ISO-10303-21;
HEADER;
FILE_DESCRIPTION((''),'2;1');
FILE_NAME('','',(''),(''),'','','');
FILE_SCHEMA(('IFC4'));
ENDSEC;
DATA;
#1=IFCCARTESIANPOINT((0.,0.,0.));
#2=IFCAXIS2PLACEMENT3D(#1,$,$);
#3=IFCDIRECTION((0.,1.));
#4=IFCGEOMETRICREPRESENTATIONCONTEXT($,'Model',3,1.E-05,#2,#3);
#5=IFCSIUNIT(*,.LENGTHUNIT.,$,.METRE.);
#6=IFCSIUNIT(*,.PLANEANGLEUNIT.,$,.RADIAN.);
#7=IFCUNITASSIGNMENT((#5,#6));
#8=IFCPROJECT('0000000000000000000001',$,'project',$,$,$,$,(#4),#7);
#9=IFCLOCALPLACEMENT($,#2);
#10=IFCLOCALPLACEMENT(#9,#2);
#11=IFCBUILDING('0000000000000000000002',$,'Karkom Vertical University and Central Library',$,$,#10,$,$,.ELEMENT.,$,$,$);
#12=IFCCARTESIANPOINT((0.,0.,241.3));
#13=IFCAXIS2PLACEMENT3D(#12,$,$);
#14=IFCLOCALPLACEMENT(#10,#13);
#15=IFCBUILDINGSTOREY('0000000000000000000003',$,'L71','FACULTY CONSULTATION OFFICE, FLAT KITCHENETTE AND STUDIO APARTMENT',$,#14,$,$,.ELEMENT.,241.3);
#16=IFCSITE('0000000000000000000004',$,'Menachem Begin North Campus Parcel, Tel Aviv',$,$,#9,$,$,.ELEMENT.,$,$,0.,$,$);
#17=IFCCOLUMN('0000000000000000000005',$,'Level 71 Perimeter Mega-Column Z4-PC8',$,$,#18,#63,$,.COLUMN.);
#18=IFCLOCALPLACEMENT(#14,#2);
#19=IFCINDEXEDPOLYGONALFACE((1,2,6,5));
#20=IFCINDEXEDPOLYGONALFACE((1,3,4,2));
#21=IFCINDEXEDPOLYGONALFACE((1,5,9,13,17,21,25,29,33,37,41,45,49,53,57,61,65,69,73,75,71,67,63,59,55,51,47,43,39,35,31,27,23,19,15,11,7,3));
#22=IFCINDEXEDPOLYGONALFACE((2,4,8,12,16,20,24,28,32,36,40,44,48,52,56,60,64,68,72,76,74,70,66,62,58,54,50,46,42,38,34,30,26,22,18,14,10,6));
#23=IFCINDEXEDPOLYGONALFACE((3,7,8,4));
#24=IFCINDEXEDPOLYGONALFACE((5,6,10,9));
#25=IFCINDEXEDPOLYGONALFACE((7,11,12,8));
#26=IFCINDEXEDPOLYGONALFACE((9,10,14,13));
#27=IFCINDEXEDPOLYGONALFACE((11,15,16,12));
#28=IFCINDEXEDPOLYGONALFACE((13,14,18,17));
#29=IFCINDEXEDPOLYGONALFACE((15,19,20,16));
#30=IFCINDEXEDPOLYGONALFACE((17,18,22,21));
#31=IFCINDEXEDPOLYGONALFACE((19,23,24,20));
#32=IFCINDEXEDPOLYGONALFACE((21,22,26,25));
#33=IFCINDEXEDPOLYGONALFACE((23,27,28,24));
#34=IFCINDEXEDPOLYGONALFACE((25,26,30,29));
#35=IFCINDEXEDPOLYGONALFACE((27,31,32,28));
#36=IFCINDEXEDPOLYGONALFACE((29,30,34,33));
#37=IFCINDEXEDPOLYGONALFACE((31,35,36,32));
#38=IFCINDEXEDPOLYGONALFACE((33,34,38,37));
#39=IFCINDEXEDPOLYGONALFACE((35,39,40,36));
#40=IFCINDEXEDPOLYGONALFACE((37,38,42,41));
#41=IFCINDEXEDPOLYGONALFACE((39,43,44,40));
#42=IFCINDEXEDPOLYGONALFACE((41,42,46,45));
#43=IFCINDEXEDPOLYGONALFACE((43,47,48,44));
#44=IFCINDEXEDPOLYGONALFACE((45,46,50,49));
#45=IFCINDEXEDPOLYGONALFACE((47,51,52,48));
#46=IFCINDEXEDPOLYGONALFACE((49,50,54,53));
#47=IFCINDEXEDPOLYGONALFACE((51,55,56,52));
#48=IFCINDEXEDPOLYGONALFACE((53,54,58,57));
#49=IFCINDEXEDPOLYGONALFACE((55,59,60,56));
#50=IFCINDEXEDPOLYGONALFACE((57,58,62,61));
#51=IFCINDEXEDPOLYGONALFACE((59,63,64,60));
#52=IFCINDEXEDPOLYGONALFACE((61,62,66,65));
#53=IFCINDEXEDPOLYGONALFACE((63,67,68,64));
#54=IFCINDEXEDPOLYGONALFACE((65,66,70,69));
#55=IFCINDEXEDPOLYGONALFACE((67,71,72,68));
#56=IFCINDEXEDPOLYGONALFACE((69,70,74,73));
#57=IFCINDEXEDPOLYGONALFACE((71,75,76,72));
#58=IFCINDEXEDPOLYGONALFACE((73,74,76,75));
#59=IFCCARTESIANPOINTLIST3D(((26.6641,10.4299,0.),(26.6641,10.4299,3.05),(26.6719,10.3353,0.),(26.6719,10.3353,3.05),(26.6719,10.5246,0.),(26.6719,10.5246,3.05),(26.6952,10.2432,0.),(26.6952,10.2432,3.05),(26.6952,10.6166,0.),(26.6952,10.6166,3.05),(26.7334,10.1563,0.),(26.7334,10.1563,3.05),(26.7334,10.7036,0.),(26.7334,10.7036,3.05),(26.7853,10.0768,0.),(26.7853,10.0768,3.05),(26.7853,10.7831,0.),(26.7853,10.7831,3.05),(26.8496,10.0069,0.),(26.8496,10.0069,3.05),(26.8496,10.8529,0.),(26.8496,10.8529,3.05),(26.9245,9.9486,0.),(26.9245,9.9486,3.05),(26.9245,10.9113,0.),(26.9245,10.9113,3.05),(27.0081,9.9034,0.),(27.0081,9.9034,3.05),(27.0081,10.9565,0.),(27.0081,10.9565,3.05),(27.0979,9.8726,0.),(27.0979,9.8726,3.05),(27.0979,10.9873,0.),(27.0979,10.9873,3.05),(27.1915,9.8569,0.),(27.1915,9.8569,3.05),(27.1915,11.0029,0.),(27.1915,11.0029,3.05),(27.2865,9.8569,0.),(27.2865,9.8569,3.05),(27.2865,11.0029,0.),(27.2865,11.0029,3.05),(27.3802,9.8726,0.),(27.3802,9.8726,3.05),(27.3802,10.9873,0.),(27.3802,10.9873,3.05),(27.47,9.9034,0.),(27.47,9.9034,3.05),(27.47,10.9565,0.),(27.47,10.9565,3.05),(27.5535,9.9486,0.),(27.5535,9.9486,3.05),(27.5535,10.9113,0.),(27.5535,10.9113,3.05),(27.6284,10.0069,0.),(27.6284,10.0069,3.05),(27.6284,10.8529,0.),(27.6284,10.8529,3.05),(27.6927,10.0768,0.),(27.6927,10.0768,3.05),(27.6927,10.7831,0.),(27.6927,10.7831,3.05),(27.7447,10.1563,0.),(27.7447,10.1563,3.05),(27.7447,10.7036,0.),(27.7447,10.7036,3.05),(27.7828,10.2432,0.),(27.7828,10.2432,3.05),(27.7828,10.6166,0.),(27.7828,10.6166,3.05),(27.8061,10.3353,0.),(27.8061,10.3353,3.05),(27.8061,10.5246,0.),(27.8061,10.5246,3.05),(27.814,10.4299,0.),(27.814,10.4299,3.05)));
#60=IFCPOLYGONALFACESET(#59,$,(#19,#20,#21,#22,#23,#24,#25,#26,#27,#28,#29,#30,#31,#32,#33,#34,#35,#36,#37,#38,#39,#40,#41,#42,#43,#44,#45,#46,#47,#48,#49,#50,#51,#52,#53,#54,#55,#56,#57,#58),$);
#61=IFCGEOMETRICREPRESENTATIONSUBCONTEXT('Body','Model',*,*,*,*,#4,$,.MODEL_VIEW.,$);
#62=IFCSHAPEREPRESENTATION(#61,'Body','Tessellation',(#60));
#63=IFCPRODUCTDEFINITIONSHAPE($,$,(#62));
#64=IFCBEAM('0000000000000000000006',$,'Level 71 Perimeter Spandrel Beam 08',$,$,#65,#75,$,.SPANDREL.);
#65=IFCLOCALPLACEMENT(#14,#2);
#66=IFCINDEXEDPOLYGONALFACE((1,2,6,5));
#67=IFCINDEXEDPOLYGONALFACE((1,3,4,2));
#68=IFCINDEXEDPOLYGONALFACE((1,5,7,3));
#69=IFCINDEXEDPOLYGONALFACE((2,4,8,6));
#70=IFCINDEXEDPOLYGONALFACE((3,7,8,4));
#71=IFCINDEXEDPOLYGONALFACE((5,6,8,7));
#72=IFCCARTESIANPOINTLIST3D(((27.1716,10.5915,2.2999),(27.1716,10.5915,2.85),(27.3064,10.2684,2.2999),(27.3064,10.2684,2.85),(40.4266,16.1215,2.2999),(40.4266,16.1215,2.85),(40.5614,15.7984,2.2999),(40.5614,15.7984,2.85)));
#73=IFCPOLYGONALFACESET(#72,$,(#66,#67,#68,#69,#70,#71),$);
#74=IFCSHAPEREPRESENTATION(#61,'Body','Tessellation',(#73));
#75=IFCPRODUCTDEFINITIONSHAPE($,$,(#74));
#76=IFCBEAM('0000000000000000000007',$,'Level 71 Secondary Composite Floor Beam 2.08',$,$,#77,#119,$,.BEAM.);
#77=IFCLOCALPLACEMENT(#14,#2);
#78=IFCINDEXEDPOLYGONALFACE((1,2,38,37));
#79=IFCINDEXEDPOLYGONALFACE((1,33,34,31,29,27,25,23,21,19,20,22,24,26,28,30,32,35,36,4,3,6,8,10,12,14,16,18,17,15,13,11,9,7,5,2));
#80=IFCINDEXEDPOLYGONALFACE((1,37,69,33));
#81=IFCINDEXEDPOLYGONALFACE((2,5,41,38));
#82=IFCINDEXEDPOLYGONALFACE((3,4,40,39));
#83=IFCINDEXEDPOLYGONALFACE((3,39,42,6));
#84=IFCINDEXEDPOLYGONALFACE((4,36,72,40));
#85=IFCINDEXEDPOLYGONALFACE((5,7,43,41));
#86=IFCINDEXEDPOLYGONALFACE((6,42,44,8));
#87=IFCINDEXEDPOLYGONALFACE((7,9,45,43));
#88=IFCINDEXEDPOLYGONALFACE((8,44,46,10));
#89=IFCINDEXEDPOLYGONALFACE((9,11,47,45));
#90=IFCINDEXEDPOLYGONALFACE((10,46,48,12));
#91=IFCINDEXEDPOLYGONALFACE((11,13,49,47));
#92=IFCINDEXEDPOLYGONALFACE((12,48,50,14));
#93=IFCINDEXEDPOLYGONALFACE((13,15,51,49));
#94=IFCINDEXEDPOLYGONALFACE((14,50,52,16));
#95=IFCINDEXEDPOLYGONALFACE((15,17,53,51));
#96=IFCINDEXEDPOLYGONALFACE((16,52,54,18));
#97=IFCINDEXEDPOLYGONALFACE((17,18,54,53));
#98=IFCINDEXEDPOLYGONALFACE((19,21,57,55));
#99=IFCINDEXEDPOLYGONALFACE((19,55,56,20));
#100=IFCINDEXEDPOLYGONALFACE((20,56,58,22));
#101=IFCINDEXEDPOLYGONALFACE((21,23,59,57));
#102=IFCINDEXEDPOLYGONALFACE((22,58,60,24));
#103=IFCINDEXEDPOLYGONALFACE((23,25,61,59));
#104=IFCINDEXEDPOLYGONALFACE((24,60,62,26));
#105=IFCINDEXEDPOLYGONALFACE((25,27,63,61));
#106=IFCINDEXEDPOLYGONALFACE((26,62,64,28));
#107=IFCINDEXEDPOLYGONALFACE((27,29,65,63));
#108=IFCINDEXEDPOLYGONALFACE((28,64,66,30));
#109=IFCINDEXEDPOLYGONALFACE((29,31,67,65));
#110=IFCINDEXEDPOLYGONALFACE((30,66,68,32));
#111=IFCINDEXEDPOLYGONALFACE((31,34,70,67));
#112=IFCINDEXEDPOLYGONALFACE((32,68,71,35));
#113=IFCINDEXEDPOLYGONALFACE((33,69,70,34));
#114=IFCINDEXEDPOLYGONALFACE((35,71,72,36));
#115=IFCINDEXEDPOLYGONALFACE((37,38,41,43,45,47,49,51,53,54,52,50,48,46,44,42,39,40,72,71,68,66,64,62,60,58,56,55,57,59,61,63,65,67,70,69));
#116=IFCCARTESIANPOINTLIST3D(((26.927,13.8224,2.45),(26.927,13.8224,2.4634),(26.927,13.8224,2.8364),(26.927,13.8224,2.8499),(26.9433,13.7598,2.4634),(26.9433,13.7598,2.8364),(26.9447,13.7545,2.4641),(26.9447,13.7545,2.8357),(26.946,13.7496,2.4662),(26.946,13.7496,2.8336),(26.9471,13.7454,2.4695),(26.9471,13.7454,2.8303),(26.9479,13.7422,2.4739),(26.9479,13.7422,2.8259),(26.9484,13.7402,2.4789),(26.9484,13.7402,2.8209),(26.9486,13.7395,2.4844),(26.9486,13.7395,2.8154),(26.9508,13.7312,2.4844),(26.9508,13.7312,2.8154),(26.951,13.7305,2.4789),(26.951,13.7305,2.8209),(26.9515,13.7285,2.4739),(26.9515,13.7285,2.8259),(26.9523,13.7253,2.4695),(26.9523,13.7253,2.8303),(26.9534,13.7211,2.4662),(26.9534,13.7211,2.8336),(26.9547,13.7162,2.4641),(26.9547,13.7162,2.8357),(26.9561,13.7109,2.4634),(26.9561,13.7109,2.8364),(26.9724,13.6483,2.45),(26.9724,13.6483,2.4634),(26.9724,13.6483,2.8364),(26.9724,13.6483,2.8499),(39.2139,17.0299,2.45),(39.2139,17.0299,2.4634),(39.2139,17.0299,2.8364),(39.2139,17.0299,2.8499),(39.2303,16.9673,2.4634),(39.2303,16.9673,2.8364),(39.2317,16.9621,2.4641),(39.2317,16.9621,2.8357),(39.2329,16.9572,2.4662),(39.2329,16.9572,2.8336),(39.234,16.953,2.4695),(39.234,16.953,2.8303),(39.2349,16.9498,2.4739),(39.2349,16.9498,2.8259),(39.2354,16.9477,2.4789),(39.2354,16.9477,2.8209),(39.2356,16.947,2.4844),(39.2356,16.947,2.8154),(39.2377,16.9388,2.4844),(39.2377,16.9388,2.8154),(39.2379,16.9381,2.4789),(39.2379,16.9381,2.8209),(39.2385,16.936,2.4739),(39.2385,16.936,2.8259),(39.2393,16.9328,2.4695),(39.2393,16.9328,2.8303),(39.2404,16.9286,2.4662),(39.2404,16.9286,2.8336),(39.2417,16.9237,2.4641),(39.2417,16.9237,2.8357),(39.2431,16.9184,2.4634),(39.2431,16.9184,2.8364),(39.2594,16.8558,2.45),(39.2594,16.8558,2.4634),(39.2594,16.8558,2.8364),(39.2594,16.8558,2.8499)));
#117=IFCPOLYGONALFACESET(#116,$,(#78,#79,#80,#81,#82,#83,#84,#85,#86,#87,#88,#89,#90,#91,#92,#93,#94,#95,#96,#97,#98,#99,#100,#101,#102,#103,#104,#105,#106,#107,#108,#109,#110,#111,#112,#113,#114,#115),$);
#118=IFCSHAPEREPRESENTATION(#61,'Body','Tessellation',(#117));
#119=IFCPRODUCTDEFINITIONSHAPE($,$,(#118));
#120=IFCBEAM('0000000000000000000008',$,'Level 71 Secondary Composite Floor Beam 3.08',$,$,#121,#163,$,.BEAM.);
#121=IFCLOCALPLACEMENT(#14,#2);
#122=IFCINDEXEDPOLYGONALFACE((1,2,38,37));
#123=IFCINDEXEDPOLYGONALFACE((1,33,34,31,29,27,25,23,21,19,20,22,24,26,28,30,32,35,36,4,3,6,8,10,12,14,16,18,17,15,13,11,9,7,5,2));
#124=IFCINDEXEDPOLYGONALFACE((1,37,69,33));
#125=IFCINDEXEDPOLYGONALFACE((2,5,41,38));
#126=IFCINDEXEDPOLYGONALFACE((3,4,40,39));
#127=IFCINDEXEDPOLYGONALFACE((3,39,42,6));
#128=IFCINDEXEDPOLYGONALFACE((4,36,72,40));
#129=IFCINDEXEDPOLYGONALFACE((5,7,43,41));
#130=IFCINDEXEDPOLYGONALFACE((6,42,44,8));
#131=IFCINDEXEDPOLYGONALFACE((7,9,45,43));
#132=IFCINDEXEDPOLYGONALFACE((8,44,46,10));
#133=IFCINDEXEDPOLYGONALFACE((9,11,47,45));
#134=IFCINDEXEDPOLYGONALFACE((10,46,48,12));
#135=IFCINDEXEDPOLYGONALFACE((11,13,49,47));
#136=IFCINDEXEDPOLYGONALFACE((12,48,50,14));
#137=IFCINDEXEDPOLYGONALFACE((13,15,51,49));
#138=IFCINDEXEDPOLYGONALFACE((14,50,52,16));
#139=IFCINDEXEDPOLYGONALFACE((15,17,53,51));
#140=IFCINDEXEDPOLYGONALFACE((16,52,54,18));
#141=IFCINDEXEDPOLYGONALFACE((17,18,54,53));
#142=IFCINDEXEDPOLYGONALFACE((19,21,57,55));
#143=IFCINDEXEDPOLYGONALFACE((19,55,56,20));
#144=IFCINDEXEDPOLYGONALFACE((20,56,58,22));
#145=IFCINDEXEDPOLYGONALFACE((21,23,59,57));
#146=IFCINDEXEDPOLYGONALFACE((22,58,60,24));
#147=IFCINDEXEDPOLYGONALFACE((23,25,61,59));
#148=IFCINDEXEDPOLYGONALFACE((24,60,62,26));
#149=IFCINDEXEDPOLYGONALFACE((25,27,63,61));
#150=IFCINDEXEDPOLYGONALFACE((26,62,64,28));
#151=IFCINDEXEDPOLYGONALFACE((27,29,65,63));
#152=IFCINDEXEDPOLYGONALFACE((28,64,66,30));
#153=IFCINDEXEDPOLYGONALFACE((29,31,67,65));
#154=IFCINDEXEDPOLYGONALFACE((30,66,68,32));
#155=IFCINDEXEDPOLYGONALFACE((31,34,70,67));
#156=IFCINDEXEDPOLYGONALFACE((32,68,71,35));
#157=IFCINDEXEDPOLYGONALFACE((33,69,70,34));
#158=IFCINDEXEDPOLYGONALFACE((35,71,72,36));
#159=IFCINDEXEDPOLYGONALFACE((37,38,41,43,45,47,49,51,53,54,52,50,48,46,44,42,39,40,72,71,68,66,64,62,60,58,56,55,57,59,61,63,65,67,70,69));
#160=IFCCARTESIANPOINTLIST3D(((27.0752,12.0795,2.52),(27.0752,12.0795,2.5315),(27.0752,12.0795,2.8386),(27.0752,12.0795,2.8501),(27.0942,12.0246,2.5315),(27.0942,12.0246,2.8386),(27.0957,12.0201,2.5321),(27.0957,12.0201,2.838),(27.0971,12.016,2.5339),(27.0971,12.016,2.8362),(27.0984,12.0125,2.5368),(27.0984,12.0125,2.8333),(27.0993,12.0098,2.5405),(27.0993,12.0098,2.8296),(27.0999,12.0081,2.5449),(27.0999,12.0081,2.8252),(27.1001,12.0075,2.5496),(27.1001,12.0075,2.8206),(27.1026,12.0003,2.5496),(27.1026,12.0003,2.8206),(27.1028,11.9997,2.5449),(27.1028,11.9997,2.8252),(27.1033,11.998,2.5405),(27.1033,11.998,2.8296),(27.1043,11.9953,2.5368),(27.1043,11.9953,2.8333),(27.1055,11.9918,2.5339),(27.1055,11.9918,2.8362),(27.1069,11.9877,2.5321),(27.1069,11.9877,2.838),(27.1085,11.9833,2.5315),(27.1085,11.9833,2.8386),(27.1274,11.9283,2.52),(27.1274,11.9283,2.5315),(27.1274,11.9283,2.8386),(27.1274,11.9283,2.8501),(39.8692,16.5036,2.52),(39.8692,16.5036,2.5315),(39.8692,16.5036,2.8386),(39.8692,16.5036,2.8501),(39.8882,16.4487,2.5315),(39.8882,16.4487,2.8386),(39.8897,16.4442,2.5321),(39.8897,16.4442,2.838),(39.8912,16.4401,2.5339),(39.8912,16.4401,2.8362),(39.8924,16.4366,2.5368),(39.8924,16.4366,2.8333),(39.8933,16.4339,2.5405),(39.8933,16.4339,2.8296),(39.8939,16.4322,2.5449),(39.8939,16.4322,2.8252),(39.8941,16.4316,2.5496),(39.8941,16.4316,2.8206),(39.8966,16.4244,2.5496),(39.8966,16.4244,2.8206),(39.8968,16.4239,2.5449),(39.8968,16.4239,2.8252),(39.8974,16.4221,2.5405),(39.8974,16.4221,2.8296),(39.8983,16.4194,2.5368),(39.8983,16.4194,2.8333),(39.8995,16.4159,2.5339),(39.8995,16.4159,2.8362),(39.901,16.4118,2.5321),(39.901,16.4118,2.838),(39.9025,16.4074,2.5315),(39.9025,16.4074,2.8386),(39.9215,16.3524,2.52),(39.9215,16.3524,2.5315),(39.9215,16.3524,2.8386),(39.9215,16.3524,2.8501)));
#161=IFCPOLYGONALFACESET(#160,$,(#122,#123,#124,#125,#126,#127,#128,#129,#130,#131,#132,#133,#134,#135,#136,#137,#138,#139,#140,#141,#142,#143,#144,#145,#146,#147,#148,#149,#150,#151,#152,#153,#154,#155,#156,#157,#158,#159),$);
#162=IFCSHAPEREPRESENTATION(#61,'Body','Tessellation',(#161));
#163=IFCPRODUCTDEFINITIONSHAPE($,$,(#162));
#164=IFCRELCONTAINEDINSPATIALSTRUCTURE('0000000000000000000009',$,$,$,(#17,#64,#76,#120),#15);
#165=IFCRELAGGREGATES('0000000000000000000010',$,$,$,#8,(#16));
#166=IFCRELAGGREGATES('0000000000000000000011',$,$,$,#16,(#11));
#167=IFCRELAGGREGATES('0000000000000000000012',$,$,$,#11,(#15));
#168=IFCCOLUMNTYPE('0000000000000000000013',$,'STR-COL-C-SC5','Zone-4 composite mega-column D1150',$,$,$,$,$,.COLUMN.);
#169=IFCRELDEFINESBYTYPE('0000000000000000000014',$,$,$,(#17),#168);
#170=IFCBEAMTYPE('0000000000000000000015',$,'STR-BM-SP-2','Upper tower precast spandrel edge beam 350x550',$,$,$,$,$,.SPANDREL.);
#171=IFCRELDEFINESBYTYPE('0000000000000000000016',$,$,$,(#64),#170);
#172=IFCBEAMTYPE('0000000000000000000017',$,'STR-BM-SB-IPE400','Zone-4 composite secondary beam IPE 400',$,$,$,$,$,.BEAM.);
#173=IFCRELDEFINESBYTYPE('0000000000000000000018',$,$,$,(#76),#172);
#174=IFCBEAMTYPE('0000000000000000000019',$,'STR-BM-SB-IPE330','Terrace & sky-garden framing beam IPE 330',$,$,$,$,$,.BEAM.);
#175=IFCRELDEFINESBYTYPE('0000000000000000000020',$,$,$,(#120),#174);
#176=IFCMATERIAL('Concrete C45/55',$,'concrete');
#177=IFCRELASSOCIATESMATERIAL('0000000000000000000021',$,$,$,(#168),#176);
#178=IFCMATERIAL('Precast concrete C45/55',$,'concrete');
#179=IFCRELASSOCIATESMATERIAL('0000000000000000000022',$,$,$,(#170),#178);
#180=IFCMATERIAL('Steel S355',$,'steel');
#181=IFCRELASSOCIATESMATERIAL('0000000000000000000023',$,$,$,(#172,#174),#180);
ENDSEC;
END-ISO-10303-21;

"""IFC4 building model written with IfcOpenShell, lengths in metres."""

from ifc_helpers import new_model, si_unit, direction, frame, origin, origin_with_axes, origin_2d, place, context, subcontext, project, spatial, rectangle, circle, i_section, extrude, source, transform, mapped, material, material_profile, profile_set, type_object, element, save


model = new_model("IFC4")

# Units and contexts
model_context = context("Model", 3, precision=1e-05, world=origin(), true_north=direction((0.0, 1.0)))
body_context = subcontext(model_context, "Body", "Model", "MODEL_VIEW")
ifc_project = project(units=[si_unit("LENGTHUNIT", "METRE"), si_unit("PLANEANGLEUNIT", "RADIAN")], contexts=[model_context])

# Site, building, storey
site_placement = place(None, origin())
site = spatial("IfcSite", under=ifc_project, at=site_placement, Name="Menachem Begin North Campus Parcel, Tel Aviv", CompositionType="ELEMENT", RefElevation=0.0)
building_placement = place(site_placement, origin())
building = spatial("IfcBuilding", under=site, at=building_placement, Name="Karkom Vertical University and Central Library", CompositionType="ELEMENT")
storey_placement = place(building_placement, frame((0.0, 0.0, 241.3)))
storey = spatial("IfcBuildingStorey", under=building, at=storey_placement, Name="L71", Description="FACULTY CONSULTATION OFFICE, FLAT KITCHENETTE AND STUDIO APARTMENT", CompositionType="ELEMENT", Elevation=241.3)

# Column
ifc_material_1 = material(Name="Concrete C45/55", Category="concrete")
ifc_material_profile_1 = material_profile(ifc_material_1, circle(Radius=0.575, at=origin_2d()), Name="CFT-D1150")
ifc_profile_set_1 = profile_set([ifc_material_profile_1], Name="Concrete C45/55")
column_type = type_object("IfcColumnType", Name="STR-COL-C-SC5", Description="Zone-4 composite mega-column D1150", PredefinedType="COLUMN", material=ifc_profile_set_1)
shared_shape_1 = source(origin_with_axes(), body_context, "Body", "SweptSolid", [
    extrude(circle(Radius=0.575, at=origin_2d()), origin(), (0.0, 0.0, 1.0), 3.05),
])
column_placement = place(storey_placement, frame((27.239, 10.4299, 0.0), z_axis=(0.0, 0.0, 1.0), x_axis=(1.0, 0.0, 0.0)))
element("IfcColumn", 1, at=column_placement, inside=storey, type_object=column_type, Name="Level 71 Perimeter Mega-Column Z4-PC8", PredefinedType="COLUMN", context=body_context, shape_type="MappedRepresentation", body=[
    mapped(shared_shape_1, transform((0.0, 0.0, 0.0), scale=1.0)),
])

# Beams
ifc_material_2 = material(Name="Precast concrete C45/55", Category="concrete")
ifc_material_profile_2 = material_profile(ifc_material_2, rectangle(XDim=0.3501, YDim=0.55, at=origin_2d()), Name="SPB-350x550")
ifc_profile_set_2 = profile_set([ifc_material_profile_2], Name="Precast concrete C45/55")
beam_type_1 = type_object("IfcBeamType", Name="STR-BM-SP-2", Description="Upper tower precast spandrel edge beam 350x550", PredefinedType="SPANDREL", material=ifc_profile_set_2)
shared_shape_2 = source(origin_with_axes(), body_context, "Body", "SweptSolid", [
    extrude(rectangle(XDim=0.3501, YDim=0.55, at=origin_2d()), origin(), (0.0, 0.0, 1.0), 14.3623),
])
beam_1_placement = place(storey_placement, frame((27.239, 10.4299, 2.575), z_axis=(0.9229, 0.38504, 0.0), x_axis=(-0.38504, 0.9229, 0.0)))
element("IfcBeam", 2, at=beam_1_placement, inside=storey, type_object=beam_type_1, Name="Level 71 Perimeter Spandrel Beam 08", PredefinedType="SPANDREL", context=body_context, shape_type="MappedRepresentation", body=[
    mapped(shared_shape_2, transform((0.0, 0.0, 0.0), scale=1.0)),
])
ifc_material_3 = material(Name="Steel S355", Category="steel")
ifc_material_profile_3 = material_profile(ifc_material_3, i_section(OverallWidth=0.1799, OverallDepth=0.3999, WebThickness=0.0085, FlangeThickness=0.0134, FilletRadius=0.021, at=origin_2d()), Name="IPE 400")
ifc_profile_set_3 = profile_set([ifc_material_profile_3], Name="Steel S355")
beam_type_2 = type_object("IfcBeamType", Name="STR-BM-SB-IPE400", Description="Zone-4 composite secondary beam IPE 400", PredefinedType="BEAM", material=ifc_profile_set_3)
shared_shape_3 = source(origin_with_axes(), body_context, "Body", "SweptSolid", [
    extrude(i_section(OverallWidth=0.1799, OverallDepth=0.3999, WebThickness=0.0085, FlangeThickness=0.0134, FilletRadius=0.021, at=origin_2d()), origin(), (0.0, 0.0, 1.0), 12.6987),
])
beam_2_placement = place(storey_placement, frame((26.9497, 13.7354, 2.6499), z_axis=(0.967574, 0.252588, 0.0), x_axis=(-0.252588, 0.967574, 0.0)))
element("IfcBeam", 3, at=beam_2_placement, inside=storey, type_object=beam_type_2, Name="Level 71 Secondary Composite Floor Beam 2.08", PredefinedType="BEAM", context=body_context, shape_type="MappedRepresentation", body=[
    mapped(shared_shape_3, transform((0.0, 0.0, 0.0), scale=1.0)),
])
ifc_material_profile_4 = material_profile(ifc_material_3, i_section(OverallWidth=0.1599, OverallDepth=0.3301, WebThickness=0.0076, FlangeThickness=0.0115, FilletRadius=0.0181, at=origin_2d()), Name="IPE 330")
ifc_profile_set_4 = profile_set([ifc_material_profile_4], Name="Steel S355")
beam_type_3 = type_object("IfcBeamType", Name="STR-BM-SB-IPE330", Description="Terrace & sky-garden framing beam IPE 330", PredefinedType="BEAM", material=ifc_profile_set_4)
shared_shape_4 = source(origin_with_axes(), body_context, "Body", "SweptSolid", [
    extrude(i_section(OverallWidth=0.1599, OverallDepth=0.3301, WebThickness=0.0076, FlangeThickness=0.0115, FilletRadius=0.0181, at=origin_2d()), origin(), (0.0, 0.0, 1.0), 13.5374),
])
beam_3_placement = place(storey_placement, frame((27.1013, 12.0039, 2.6851), z_axis=(0.945091, 0.326807, 0.0), x_axis=(-0.326807, 0.945091, 0.0)))
element("IfcBeam", 4, at=beam_3_placement, inside=storey, type_object=beam_type_3, Name="Level 71 Secondary Composite Floor Beam 3.08", PredefinedType="BEAM", context=body_context, shape_type="MappedRepresentation", body=[
    mapped(shared_shape_4, transform((0.0, 0.0, 0.0), scale=1.0)),
])

save(model, "model.ifc")
